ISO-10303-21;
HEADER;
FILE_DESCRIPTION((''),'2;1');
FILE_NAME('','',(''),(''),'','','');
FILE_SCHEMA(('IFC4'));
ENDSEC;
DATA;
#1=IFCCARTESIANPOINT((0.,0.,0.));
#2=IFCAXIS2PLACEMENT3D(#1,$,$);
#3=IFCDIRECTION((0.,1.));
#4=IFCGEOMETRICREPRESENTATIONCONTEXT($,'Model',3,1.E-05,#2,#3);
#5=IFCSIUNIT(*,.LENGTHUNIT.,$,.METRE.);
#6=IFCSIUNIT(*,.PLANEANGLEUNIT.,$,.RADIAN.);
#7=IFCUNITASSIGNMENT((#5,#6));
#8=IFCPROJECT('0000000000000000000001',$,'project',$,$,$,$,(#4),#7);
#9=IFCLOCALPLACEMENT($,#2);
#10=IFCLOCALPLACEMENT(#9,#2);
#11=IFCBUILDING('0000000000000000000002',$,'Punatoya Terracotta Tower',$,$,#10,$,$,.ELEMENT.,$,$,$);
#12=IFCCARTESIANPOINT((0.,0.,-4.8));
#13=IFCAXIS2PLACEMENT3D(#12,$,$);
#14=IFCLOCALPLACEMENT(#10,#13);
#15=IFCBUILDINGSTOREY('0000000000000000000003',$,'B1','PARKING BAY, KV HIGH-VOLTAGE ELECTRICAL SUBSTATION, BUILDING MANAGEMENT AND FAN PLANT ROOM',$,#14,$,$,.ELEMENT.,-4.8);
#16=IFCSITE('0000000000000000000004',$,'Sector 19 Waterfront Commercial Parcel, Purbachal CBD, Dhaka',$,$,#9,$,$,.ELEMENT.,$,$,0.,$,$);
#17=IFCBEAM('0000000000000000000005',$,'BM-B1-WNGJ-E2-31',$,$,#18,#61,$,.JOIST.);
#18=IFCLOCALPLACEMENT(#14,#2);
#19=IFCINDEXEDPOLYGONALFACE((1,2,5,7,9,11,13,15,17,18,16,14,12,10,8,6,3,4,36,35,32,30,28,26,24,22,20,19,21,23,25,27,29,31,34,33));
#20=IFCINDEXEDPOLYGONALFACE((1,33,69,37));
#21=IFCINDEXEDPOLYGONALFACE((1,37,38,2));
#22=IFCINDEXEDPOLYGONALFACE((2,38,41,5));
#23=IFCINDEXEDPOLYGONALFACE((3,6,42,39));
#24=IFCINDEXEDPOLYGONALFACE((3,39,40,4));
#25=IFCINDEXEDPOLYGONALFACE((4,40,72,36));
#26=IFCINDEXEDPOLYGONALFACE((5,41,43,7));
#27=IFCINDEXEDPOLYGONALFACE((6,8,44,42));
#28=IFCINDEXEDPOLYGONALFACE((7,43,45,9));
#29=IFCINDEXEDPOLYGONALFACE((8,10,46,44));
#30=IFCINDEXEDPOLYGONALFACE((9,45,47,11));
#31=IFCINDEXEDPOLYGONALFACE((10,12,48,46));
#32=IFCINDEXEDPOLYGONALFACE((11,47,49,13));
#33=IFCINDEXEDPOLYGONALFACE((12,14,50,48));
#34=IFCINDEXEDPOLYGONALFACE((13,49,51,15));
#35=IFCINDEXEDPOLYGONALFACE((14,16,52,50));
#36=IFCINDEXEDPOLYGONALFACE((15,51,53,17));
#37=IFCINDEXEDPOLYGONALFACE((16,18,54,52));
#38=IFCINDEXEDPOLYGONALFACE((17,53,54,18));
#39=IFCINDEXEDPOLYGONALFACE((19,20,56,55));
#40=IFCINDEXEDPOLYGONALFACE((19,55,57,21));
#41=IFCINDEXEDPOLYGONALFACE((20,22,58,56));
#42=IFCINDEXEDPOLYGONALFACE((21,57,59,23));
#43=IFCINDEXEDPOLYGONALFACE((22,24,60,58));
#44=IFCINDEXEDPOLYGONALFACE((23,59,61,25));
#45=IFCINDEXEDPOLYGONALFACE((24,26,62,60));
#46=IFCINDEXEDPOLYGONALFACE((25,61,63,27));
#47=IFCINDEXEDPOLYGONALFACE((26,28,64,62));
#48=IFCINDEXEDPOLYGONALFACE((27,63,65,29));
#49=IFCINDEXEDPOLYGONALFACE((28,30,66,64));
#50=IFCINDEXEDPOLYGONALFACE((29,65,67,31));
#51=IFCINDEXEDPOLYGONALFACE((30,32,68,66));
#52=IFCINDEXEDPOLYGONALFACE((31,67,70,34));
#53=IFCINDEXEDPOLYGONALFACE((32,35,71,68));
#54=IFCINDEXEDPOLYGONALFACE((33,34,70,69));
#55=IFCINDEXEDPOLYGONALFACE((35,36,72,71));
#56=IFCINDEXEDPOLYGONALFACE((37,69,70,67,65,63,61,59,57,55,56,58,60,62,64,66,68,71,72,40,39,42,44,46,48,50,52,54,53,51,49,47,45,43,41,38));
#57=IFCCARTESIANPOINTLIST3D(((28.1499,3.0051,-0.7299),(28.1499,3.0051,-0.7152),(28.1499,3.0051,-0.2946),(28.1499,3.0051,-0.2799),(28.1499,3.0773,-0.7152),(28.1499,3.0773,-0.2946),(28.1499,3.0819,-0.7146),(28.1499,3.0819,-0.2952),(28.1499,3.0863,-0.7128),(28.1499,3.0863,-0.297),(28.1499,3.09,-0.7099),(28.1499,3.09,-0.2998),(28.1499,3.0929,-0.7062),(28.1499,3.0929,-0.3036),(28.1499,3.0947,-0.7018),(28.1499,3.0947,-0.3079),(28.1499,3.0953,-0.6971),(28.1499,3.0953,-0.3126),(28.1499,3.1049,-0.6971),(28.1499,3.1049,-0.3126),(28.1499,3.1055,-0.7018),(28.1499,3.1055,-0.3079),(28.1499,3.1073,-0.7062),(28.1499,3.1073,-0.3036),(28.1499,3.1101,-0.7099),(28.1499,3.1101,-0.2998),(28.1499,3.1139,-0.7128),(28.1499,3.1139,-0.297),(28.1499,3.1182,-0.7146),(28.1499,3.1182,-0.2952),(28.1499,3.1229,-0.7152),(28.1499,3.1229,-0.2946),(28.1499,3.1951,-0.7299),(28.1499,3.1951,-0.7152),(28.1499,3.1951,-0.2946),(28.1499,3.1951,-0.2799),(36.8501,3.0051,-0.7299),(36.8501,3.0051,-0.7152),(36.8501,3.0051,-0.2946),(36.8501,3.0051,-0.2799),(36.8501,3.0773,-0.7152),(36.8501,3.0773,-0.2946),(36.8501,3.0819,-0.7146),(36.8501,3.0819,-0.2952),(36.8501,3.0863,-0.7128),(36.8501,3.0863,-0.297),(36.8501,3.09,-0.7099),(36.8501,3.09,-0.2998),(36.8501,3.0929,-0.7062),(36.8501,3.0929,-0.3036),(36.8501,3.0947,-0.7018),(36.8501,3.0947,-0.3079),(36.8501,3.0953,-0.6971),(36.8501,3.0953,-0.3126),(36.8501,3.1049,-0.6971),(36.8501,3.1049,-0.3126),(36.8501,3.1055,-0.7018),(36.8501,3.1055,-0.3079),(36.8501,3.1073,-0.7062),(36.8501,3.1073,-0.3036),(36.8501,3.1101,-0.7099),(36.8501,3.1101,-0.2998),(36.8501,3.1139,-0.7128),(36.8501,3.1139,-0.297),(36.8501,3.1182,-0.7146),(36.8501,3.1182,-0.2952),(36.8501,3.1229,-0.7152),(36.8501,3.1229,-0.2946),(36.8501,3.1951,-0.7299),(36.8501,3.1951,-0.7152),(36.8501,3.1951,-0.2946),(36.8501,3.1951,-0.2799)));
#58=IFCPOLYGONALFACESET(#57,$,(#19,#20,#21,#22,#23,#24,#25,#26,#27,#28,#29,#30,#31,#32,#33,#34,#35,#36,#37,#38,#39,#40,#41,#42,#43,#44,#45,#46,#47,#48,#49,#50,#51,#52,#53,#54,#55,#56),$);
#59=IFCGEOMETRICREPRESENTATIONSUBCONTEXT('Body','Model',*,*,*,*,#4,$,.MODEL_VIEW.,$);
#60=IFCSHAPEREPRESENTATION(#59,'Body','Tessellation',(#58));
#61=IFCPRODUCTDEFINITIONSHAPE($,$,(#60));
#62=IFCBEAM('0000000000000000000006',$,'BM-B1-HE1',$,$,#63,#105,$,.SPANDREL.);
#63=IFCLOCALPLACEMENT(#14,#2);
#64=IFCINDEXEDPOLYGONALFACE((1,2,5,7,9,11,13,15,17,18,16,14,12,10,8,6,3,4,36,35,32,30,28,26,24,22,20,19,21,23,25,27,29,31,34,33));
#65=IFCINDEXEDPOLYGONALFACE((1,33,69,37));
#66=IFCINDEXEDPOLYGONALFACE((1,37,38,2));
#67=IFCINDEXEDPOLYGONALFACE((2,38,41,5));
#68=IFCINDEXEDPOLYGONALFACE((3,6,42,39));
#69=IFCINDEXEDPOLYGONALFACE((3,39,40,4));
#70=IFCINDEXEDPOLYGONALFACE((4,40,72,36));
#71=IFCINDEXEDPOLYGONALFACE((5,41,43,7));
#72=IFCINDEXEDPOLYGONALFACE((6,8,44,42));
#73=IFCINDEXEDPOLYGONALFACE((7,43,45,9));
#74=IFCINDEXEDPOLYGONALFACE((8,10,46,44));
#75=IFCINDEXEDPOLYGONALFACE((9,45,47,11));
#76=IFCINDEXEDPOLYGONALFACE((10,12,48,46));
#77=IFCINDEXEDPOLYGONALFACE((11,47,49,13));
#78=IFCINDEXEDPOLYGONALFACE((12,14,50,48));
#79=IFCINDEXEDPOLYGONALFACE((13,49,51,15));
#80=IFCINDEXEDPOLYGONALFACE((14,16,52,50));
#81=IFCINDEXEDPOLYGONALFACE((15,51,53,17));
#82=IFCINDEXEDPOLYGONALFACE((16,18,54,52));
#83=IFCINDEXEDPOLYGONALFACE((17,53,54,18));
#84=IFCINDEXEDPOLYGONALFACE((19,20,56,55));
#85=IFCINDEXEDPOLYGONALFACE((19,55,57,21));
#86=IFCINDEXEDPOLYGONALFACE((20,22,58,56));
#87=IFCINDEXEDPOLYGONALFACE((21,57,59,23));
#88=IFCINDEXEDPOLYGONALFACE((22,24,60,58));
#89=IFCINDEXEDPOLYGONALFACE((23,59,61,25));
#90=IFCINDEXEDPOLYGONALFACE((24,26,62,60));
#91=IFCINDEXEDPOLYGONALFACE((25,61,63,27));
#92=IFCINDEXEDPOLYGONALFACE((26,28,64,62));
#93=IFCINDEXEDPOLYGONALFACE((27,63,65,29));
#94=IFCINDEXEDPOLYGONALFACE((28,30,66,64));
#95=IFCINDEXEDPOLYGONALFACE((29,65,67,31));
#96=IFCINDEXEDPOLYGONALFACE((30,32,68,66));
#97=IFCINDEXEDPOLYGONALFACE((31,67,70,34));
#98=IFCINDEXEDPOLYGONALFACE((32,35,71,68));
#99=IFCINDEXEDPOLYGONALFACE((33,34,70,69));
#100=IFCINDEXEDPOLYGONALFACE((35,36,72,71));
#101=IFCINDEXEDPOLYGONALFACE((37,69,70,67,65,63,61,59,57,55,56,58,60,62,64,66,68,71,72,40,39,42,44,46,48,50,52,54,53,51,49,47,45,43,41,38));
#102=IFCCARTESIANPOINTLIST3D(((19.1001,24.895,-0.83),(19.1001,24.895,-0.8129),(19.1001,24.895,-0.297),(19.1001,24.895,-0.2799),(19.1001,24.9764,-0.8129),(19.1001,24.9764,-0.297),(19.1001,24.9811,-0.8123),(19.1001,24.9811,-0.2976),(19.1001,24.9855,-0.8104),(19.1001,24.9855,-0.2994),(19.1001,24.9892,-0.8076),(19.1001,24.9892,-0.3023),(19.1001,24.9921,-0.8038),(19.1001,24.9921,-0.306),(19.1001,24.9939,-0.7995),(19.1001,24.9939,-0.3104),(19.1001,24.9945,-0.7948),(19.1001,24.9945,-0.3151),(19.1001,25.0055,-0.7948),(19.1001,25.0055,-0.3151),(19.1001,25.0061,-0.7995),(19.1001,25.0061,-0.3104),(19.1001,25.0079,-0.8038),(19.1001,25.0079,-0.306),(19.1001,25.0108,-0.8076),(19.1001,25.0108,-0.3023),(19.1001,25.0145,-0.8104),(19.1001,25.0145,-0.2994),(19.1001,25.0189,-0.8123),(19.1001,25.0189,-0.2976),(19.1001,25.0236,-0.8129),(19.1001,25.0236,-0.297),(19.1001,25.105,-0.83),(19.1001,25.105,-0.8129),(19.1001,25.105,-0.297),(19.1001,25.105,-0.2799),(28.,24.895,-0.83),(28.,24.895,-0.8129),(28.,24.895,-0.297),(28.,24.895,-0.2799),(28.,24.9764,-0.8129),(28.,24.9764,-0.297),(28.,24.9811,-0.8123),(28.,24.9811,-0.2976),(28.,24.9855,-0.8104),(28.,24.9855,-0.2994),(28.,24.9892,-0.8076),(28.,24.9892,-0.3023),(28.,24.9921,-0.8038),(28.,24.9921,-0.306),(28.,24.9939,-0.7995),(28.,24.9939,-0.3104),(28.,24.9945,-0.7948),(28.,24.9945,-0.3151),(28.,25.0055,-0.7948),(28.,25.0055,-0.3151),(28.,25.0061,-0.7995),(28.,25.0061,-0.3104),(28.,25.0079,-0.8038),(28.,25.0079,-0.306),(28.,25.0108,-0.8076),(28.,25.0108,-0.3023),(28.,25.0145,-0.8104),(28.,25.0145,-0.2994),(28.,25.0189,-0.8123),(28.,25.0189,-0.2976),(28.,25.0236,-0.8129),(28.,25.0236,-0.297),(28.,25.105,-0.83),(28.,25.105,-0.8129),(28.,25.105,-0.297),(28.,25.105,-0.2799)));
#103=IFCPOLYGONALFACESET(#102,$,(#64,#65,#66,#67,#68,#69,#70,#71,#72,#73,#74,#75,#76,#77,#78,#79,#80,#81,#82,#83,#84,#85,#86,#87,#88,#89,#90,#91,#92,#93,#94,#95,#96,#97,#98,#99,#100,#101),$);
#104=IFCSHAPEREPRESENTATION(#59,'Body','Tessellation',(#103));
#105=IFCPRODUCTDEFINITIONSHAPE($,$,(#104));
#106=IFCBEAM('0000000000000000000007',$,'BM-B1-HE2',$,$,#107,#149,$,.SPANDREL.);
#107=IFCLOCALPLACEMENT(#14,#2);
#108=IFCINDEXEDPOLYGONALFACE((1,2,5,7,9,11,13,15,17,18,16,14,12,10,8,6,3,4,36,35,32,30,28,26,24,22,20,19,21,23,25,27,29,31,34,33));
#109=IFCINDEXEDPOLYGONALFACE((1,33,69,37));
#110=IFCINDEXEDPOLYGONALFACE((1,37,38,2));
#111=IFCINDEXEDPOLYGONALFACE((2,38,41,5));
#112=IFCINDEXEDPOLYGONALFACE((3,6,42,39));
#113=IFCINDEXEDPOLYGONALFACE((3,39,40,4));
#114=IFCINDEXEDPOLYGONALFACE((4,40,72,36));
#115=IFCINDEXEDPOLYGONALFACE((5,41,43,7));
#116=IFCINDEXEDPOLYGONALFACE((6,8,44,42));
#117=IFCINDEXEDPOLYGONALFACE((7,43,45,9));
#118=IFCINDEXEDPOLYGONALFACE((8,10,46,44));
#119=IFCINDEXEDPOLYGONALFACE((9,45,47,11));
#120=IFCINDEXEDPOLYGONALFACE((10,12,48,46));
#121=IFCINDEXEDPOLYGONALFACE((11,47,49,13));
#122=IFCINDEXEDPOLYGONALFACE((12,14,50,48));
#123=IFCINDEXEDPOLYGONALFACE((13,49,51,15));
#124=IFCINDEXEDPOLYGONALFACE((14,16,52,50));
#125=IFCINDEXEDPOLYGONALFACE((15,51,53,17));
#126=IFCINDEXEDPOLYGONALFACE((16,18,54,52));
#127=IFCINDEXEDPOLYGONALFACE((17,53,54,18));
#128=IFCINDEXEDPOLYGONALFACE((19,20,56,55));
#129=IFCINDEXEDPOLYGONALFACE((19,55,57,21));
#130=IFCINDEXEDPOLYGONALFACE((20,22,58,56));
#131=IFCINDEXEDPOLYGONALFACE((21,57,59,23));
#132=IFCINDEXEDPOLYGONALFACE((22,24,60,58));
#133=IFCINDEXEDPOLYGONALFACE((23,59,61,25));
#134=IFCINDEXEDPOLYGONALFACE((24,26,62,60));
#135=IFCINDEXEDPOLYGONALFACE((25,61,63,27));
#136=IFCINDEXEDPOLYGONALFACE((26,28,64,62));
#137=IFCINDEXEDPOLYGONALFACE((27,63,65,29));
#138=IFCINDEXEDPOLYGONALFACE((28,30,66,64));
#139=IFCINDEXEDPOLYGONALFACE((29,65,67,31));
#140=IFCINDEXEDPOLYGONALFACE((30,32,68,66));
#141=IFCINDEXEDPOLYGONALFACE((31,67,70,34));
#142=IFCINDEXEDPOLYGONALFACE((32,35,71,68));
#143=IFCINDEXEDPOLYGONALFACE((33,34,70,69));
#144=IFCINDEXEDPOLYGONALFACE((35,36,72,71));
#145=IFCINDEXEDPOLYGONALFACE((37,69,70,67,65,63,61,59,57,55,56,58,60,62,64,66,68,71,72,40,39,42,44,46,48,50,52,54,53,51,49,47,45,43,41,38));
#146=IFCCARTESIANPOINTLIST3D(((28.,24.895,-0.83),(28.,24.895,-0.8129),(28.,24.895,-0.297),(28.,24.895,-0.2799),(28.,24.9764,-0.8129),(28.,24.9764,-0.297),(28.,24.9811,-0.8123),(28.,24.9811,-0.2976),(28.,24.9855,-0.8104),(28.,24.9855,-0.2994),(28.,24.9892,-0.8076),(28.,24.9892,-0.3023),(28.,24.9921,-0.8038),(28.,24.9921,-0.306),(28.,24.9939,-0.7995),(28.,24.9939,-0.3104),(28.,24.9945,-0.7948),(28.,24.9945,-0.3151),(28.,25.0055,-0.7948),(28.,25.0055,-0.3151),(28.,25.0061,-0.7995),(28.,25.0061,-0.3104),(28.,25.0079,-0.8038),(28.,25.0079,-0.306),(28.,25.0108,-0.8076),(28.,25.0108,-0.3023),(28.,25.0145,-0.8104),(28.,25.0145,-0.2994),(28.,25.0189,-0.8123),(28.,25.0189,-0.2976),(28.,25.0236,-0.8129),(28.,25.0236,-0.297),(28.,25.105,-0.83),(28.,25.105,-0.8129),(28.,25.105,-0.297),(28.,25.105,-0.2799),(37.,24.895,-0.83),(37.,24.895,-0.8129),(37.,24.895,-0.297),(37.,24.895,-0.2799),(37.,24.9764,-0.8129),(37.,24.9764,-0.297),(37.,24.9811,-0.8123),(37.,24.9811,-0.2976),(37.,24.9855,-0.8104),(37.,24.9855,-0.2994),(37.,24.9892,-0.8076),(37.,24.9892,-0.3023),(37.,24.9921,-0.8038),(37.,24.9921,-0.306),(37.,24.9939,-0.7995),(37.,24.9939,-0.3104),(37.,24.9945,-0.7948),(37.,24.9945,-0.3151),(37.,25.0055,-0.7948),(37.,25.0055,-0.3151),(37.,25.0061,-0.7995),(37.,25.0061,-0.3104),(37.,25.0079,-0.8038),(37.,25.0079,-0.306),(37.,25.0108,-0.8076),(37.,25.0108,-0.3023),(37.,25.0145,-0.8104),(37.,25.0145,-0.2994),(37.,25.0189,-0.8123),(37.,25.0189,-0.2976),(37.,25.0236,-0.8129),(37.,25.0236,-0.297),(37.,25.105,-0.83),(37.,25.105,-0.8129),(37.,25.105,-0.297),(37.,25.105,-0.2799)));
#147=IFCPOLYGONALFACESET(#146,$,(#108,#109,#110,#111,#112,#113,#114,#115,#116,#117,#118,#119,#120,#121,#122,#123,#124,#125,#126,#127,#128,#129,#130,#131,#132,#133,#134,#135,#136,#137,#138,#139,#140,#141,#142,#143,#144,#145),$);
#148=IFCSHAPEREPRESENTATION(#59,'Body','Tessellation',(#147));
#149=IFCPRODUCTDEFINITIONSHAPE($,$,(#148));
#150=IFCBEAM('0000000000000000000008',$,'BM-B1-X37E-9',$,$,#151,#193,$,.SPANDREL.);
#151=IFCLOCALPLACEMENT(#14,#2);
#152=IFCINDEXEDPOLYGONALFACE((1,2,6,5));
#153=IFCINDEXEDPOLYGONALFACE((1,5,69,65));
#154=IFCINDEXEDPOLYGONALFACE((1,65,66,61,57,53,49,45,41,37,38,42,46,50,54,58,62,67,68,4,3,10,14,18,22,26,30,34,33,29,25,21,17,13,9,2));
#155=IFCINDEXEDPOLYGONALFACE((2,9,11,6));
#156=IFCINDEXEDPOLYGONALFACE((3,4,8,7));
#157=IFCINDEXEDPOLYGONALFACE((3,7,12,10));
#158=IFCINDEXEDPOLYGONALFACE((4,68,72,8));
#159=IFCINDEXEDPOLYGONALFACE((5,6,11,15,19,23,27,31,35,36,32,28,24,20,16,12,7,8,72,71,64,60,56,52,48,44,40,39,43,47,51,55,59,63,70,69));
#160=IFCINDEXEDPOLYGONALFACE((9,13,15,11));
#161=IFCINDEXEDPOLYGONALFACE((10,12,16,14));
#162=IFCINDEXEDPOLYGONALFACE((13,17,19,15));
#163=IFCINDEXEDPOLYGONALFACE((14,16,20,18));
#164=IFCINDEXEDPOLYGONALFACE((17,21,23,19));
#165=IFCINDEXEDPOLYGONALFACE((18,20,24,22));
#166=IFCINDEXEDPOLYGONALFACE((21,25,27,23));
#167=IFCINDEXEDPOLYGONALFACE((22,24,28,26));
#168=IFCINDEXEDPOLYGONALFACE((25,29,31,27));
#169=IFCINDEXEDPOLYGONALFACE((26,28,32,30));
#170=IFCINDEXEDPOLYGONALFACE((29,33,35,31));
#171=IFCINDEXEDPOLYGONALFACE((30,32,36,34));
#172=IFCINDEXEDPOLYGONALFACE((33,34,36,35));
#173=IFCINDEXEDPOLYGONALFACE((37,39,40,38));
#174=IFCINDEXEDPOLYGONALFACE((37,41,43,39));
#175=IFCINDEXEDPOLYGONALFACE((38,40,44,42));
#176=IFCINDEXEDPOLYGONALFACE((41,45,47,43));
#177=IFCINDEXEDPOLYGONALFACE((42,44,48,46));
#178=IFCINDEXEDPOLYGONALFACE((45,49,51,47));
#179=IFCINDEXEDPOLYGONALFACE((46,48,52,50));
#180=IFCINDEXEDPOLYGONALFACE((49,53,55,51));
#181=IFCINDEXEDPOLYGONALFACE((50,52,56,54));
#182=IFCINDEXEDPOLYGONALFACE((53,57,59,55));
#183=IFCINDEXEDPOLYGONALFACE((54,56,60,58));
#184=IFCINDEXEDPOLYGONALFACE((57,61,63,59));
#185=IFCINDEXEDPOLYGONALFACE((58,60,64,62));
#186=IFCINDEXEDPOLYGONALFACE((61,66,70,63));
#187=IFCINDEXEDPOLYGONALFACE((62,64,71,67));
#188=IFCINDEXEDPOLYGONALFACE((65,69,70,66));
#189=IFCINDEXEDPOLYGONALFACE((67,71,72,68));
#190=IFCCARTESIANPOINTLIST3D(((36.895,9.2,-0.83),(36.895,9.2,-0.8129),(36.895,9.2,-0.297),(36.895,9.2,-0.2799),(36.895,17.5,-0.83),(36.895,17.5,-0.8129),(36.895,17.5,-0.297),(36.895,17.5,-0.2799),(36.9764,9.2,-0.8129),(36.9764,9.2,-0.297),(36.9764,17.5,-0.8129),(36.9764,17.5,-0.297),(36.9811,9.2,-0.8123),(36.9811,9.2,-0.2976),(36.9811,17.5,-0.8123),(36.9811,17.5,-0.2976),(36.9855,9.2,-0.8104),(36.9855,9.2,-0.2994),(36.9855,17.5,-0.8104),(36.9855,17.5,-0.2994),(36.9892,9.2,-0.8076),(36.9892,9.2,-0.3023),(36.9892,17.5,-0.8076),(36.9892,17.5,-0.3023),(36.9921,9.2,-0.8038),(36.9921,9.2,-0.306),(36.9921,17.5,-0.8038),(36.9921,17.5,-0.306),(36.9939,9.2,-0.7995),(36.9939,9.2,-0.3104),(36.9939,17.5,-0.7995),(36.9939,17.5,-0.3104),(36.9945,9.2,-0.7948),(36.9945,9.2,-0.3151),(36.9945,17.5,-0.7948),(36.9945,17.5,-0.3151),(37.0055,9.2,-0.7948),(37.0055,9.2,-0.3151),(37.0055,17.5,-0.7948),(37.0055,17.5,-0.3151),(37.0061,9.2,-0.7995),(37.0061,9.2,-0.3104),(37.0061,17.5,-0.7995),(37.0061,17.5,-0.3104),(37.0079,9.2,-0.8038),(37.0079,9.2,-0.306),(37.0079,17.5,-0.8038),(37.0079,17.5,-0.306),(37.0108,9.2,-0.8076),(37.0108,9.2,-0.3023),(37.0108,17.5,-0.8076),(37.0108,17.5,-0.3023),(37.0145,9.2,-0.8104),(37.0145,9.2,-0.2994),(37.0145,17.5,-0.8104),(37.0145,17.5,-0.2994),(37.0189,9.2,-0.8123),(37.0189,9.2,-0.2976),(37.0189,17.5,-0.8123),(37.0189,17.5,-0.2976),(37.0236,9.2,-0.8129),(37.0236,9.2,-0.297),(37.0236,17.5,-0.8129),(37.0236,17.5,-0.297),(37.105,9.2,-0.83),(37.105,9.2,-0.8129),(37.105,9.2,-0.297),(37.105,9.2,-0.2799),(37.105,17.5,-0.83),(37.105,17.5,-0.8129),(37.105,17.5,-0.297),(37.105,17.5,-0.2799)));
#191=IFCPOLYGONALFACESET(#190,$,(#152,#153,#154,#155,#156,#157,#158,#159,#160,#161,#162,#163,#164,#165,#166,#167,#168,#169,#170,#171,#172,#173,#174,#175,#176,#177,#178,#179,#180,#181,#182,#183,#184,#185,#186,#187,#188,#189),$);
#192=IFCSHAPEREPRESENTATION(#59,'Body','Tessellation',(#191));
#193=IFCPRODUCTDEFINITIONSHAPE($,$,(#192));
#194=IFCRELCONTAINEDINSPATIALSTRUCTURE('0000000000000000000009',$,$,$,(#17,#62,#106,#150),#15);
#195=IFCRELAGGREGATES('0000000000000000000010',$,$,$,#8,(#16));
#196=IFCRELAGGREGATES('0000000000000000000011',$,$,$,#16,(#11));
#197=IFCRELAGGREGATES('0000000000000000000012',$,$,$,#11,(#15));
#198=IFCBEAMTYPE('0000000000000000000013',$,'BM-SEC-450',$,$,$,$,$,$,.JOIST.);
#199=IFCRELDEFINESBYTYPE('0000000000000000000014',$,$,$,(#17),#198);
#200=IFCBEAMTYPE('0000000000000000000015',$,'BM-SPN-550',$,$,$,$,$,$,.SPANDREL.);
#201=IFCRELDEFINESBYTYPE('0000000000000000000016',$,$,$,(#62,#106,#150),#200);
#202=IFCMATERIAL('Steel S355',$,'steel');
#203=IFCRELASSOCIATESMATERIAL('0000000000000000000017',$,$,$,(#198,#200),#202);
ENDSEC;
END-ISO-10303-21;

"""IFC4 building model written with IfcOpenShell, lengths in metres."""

from ifc_helpers import new_model, si_unit, direction, frame, origin, origin_2d, place, context, subcontext, project, spatial, i_section, extrude, material, material_profile, profile_set, type_object, element, save


model = new_model("IFC4")

# Units and contexts
model_context = context("Model", 3, precision=1e-05, world=origin(), true_north=direction((0.0, 1.0)))
body_context = subcontext(model_context, "Body", "Model", "MODEL_VIEW")
ifc_project = project(units=[si_unit("LENGTHUNIT", "METRE"), si_unit("PLANEANGLEUNIT", "RADIAN")], contexts=[model_context])

# Site, building, storey
site_placement = place(None, origin())
site = spatial("IfcSite", under=ifc_project, at=site_placement, Name="Sector 19 Waterfront Commercial Parcel, Purbachal CBD, Dhaka", CompositionType="ELEMENT", RefElevation=0.0)
building_placement = place(site_placement, origin())
building = spatial("IfcBuilding", under=site, at=building_placement, Name="Punatoya Terracotta Tower", CompositionType="ELEMENT")
storey_placement = place(building_placement, frame((0.0, 0.0, -4.8)))
storey = spatial("IfcBuildingStorey", under=building, at=storey_placement, Name="B1", Description="PARKING BAY, KV HIGH-VOLTAGE ELECTRICAL SUBSTATION, BUILDING MANAGEMENT AND FAN PLANT ROOM", CompositionType="ELEMENT", Elevation=-4.8)

# Beams
ifc_material_1 = material(Name="Steel S355", Category="steel")
ifc_material_profile_1 = material_profile(ifc_material_1, i_section(OverallWidth=0.1899, OverallDepth=0.45, WebThickness=0.0095, FlangeThickness=0.0146, FilletRadius=0.0181, at=origin_2d()))
ifc_profile_set_1 = profile_set([ifc_material_profile_1], Name="Steel S355")
beam_type_1 = type_object("IfcBeamType", Name="BM-SEC-450", PredefinedType="JOIST", material=ifc_profile_set_1)
beam_1_placement = place(storey_placement, frame((28.1499, 3.1001, -0.5049), z_axis=(1.0, 0.0, 0.0), x_axis=(0.0, 1.0, 0.0)))
element("IfcBeam", 1, at=beam_1_placement, inside=storey, type_object=beam_type_1, Name="BM-B1-WNGJ-E2-31", PredefinedType="JOIST", context=body_context, shape_type="SweptSolid", body=[
    extrude(i_section(OverallWidth=0.1899, OverallDepth=0.45, WebThickness=0.0095, FlangeThickness=0.0146, FilletRadius=0.0181, at=origin_2d()), origin(), (0.0, 0.0, 1.0), 8.7002),
])
ifc_material_profile_2 = material_profile(ifc_material_1, i_section(OverallWidth=0.21, OverallDepth=0.55, WebThickness=0.011, FlangeThickness=0.0171, FilletRadius=0.0181, at=origin_2d()))
ifc_profile_set_2 = profile_set([ifc_material_profile_2], Name="Steel S355")
beam_type_2 = type_object("IfcBeamType", Name="BM-SPN-550", PredefinedType="SPANDREL", material=ifc_profile_set_2)
beam_2_placement = place(storey_placement, frame((19.1001, 25.0, -0.5549), z_axis=(1.0, 0.0, 0.0), x_axis=(0.0, 1.0, 0.0)))
element("IfcBeam", 2, at=beam_2_placement, inside=storey, type_object=beam_type_2, Name="BM-B1-HE1", PredefinedType="SPANDREL", context=body_context, shape_type="SweptSolid", body=[
    extrude(i_section(OverallWidth=0.21, OverallDepth=0.55, WebThickness=0.011, FlangeThickness=0.0171, FilletRadius=0.0181, at=origin_2d()), origin(), (0.0, 0.0, 1.0), 8.8999),
])
beam_3_placement = place(storey_placement, frame((28.0, 25.0, -0.5549), z_axis=(1.0, 0.0, 0.0), x_axis=(0.0, 1.0, 0.0)))
element("IfcBeam", 3, at=beam_3_placement, inside=storey, type_object=beam_type_2, Name="BM-B1-HE2", PredefinedType="SPANDREL", context=body_context, shape_type="SweptSolid", body=[
    extrude(i_section(OverallWidth=0.21, OverallDepth=0.55, WebThickness=0.011, FlangeThickness=0.0171, FilletRadius=0.0181, at=origin_2d()), origin(), (0.0, 0.0, 1.0), 9.0),
])
beam_4_placement = place(storey_placement, frame((37.0, 9.2, -0.5549), z_axis=(0.0, 1.0, 0.0), x_axis=(-1.0, 0.0, 0.0)))
element("IfcBeam", 4, at=beam_4_placement, inside=storey, type_object=beam_type_2, Name="BM-B1-X37E-9", PredefinedType="SPANDREL", context=body_context, shape_type="SweptSolid", body=[
    extrude(i_section(OverallWidth=0.21, OverallDepth=0.55, WebThickness=0.011, FlangeThickness=0.0171, FilletRadius=0.0181, at=origin_2d()), origin(), (0.0, 0.0, 1.0), 8.3),
])

save(model, "model.ifc")
